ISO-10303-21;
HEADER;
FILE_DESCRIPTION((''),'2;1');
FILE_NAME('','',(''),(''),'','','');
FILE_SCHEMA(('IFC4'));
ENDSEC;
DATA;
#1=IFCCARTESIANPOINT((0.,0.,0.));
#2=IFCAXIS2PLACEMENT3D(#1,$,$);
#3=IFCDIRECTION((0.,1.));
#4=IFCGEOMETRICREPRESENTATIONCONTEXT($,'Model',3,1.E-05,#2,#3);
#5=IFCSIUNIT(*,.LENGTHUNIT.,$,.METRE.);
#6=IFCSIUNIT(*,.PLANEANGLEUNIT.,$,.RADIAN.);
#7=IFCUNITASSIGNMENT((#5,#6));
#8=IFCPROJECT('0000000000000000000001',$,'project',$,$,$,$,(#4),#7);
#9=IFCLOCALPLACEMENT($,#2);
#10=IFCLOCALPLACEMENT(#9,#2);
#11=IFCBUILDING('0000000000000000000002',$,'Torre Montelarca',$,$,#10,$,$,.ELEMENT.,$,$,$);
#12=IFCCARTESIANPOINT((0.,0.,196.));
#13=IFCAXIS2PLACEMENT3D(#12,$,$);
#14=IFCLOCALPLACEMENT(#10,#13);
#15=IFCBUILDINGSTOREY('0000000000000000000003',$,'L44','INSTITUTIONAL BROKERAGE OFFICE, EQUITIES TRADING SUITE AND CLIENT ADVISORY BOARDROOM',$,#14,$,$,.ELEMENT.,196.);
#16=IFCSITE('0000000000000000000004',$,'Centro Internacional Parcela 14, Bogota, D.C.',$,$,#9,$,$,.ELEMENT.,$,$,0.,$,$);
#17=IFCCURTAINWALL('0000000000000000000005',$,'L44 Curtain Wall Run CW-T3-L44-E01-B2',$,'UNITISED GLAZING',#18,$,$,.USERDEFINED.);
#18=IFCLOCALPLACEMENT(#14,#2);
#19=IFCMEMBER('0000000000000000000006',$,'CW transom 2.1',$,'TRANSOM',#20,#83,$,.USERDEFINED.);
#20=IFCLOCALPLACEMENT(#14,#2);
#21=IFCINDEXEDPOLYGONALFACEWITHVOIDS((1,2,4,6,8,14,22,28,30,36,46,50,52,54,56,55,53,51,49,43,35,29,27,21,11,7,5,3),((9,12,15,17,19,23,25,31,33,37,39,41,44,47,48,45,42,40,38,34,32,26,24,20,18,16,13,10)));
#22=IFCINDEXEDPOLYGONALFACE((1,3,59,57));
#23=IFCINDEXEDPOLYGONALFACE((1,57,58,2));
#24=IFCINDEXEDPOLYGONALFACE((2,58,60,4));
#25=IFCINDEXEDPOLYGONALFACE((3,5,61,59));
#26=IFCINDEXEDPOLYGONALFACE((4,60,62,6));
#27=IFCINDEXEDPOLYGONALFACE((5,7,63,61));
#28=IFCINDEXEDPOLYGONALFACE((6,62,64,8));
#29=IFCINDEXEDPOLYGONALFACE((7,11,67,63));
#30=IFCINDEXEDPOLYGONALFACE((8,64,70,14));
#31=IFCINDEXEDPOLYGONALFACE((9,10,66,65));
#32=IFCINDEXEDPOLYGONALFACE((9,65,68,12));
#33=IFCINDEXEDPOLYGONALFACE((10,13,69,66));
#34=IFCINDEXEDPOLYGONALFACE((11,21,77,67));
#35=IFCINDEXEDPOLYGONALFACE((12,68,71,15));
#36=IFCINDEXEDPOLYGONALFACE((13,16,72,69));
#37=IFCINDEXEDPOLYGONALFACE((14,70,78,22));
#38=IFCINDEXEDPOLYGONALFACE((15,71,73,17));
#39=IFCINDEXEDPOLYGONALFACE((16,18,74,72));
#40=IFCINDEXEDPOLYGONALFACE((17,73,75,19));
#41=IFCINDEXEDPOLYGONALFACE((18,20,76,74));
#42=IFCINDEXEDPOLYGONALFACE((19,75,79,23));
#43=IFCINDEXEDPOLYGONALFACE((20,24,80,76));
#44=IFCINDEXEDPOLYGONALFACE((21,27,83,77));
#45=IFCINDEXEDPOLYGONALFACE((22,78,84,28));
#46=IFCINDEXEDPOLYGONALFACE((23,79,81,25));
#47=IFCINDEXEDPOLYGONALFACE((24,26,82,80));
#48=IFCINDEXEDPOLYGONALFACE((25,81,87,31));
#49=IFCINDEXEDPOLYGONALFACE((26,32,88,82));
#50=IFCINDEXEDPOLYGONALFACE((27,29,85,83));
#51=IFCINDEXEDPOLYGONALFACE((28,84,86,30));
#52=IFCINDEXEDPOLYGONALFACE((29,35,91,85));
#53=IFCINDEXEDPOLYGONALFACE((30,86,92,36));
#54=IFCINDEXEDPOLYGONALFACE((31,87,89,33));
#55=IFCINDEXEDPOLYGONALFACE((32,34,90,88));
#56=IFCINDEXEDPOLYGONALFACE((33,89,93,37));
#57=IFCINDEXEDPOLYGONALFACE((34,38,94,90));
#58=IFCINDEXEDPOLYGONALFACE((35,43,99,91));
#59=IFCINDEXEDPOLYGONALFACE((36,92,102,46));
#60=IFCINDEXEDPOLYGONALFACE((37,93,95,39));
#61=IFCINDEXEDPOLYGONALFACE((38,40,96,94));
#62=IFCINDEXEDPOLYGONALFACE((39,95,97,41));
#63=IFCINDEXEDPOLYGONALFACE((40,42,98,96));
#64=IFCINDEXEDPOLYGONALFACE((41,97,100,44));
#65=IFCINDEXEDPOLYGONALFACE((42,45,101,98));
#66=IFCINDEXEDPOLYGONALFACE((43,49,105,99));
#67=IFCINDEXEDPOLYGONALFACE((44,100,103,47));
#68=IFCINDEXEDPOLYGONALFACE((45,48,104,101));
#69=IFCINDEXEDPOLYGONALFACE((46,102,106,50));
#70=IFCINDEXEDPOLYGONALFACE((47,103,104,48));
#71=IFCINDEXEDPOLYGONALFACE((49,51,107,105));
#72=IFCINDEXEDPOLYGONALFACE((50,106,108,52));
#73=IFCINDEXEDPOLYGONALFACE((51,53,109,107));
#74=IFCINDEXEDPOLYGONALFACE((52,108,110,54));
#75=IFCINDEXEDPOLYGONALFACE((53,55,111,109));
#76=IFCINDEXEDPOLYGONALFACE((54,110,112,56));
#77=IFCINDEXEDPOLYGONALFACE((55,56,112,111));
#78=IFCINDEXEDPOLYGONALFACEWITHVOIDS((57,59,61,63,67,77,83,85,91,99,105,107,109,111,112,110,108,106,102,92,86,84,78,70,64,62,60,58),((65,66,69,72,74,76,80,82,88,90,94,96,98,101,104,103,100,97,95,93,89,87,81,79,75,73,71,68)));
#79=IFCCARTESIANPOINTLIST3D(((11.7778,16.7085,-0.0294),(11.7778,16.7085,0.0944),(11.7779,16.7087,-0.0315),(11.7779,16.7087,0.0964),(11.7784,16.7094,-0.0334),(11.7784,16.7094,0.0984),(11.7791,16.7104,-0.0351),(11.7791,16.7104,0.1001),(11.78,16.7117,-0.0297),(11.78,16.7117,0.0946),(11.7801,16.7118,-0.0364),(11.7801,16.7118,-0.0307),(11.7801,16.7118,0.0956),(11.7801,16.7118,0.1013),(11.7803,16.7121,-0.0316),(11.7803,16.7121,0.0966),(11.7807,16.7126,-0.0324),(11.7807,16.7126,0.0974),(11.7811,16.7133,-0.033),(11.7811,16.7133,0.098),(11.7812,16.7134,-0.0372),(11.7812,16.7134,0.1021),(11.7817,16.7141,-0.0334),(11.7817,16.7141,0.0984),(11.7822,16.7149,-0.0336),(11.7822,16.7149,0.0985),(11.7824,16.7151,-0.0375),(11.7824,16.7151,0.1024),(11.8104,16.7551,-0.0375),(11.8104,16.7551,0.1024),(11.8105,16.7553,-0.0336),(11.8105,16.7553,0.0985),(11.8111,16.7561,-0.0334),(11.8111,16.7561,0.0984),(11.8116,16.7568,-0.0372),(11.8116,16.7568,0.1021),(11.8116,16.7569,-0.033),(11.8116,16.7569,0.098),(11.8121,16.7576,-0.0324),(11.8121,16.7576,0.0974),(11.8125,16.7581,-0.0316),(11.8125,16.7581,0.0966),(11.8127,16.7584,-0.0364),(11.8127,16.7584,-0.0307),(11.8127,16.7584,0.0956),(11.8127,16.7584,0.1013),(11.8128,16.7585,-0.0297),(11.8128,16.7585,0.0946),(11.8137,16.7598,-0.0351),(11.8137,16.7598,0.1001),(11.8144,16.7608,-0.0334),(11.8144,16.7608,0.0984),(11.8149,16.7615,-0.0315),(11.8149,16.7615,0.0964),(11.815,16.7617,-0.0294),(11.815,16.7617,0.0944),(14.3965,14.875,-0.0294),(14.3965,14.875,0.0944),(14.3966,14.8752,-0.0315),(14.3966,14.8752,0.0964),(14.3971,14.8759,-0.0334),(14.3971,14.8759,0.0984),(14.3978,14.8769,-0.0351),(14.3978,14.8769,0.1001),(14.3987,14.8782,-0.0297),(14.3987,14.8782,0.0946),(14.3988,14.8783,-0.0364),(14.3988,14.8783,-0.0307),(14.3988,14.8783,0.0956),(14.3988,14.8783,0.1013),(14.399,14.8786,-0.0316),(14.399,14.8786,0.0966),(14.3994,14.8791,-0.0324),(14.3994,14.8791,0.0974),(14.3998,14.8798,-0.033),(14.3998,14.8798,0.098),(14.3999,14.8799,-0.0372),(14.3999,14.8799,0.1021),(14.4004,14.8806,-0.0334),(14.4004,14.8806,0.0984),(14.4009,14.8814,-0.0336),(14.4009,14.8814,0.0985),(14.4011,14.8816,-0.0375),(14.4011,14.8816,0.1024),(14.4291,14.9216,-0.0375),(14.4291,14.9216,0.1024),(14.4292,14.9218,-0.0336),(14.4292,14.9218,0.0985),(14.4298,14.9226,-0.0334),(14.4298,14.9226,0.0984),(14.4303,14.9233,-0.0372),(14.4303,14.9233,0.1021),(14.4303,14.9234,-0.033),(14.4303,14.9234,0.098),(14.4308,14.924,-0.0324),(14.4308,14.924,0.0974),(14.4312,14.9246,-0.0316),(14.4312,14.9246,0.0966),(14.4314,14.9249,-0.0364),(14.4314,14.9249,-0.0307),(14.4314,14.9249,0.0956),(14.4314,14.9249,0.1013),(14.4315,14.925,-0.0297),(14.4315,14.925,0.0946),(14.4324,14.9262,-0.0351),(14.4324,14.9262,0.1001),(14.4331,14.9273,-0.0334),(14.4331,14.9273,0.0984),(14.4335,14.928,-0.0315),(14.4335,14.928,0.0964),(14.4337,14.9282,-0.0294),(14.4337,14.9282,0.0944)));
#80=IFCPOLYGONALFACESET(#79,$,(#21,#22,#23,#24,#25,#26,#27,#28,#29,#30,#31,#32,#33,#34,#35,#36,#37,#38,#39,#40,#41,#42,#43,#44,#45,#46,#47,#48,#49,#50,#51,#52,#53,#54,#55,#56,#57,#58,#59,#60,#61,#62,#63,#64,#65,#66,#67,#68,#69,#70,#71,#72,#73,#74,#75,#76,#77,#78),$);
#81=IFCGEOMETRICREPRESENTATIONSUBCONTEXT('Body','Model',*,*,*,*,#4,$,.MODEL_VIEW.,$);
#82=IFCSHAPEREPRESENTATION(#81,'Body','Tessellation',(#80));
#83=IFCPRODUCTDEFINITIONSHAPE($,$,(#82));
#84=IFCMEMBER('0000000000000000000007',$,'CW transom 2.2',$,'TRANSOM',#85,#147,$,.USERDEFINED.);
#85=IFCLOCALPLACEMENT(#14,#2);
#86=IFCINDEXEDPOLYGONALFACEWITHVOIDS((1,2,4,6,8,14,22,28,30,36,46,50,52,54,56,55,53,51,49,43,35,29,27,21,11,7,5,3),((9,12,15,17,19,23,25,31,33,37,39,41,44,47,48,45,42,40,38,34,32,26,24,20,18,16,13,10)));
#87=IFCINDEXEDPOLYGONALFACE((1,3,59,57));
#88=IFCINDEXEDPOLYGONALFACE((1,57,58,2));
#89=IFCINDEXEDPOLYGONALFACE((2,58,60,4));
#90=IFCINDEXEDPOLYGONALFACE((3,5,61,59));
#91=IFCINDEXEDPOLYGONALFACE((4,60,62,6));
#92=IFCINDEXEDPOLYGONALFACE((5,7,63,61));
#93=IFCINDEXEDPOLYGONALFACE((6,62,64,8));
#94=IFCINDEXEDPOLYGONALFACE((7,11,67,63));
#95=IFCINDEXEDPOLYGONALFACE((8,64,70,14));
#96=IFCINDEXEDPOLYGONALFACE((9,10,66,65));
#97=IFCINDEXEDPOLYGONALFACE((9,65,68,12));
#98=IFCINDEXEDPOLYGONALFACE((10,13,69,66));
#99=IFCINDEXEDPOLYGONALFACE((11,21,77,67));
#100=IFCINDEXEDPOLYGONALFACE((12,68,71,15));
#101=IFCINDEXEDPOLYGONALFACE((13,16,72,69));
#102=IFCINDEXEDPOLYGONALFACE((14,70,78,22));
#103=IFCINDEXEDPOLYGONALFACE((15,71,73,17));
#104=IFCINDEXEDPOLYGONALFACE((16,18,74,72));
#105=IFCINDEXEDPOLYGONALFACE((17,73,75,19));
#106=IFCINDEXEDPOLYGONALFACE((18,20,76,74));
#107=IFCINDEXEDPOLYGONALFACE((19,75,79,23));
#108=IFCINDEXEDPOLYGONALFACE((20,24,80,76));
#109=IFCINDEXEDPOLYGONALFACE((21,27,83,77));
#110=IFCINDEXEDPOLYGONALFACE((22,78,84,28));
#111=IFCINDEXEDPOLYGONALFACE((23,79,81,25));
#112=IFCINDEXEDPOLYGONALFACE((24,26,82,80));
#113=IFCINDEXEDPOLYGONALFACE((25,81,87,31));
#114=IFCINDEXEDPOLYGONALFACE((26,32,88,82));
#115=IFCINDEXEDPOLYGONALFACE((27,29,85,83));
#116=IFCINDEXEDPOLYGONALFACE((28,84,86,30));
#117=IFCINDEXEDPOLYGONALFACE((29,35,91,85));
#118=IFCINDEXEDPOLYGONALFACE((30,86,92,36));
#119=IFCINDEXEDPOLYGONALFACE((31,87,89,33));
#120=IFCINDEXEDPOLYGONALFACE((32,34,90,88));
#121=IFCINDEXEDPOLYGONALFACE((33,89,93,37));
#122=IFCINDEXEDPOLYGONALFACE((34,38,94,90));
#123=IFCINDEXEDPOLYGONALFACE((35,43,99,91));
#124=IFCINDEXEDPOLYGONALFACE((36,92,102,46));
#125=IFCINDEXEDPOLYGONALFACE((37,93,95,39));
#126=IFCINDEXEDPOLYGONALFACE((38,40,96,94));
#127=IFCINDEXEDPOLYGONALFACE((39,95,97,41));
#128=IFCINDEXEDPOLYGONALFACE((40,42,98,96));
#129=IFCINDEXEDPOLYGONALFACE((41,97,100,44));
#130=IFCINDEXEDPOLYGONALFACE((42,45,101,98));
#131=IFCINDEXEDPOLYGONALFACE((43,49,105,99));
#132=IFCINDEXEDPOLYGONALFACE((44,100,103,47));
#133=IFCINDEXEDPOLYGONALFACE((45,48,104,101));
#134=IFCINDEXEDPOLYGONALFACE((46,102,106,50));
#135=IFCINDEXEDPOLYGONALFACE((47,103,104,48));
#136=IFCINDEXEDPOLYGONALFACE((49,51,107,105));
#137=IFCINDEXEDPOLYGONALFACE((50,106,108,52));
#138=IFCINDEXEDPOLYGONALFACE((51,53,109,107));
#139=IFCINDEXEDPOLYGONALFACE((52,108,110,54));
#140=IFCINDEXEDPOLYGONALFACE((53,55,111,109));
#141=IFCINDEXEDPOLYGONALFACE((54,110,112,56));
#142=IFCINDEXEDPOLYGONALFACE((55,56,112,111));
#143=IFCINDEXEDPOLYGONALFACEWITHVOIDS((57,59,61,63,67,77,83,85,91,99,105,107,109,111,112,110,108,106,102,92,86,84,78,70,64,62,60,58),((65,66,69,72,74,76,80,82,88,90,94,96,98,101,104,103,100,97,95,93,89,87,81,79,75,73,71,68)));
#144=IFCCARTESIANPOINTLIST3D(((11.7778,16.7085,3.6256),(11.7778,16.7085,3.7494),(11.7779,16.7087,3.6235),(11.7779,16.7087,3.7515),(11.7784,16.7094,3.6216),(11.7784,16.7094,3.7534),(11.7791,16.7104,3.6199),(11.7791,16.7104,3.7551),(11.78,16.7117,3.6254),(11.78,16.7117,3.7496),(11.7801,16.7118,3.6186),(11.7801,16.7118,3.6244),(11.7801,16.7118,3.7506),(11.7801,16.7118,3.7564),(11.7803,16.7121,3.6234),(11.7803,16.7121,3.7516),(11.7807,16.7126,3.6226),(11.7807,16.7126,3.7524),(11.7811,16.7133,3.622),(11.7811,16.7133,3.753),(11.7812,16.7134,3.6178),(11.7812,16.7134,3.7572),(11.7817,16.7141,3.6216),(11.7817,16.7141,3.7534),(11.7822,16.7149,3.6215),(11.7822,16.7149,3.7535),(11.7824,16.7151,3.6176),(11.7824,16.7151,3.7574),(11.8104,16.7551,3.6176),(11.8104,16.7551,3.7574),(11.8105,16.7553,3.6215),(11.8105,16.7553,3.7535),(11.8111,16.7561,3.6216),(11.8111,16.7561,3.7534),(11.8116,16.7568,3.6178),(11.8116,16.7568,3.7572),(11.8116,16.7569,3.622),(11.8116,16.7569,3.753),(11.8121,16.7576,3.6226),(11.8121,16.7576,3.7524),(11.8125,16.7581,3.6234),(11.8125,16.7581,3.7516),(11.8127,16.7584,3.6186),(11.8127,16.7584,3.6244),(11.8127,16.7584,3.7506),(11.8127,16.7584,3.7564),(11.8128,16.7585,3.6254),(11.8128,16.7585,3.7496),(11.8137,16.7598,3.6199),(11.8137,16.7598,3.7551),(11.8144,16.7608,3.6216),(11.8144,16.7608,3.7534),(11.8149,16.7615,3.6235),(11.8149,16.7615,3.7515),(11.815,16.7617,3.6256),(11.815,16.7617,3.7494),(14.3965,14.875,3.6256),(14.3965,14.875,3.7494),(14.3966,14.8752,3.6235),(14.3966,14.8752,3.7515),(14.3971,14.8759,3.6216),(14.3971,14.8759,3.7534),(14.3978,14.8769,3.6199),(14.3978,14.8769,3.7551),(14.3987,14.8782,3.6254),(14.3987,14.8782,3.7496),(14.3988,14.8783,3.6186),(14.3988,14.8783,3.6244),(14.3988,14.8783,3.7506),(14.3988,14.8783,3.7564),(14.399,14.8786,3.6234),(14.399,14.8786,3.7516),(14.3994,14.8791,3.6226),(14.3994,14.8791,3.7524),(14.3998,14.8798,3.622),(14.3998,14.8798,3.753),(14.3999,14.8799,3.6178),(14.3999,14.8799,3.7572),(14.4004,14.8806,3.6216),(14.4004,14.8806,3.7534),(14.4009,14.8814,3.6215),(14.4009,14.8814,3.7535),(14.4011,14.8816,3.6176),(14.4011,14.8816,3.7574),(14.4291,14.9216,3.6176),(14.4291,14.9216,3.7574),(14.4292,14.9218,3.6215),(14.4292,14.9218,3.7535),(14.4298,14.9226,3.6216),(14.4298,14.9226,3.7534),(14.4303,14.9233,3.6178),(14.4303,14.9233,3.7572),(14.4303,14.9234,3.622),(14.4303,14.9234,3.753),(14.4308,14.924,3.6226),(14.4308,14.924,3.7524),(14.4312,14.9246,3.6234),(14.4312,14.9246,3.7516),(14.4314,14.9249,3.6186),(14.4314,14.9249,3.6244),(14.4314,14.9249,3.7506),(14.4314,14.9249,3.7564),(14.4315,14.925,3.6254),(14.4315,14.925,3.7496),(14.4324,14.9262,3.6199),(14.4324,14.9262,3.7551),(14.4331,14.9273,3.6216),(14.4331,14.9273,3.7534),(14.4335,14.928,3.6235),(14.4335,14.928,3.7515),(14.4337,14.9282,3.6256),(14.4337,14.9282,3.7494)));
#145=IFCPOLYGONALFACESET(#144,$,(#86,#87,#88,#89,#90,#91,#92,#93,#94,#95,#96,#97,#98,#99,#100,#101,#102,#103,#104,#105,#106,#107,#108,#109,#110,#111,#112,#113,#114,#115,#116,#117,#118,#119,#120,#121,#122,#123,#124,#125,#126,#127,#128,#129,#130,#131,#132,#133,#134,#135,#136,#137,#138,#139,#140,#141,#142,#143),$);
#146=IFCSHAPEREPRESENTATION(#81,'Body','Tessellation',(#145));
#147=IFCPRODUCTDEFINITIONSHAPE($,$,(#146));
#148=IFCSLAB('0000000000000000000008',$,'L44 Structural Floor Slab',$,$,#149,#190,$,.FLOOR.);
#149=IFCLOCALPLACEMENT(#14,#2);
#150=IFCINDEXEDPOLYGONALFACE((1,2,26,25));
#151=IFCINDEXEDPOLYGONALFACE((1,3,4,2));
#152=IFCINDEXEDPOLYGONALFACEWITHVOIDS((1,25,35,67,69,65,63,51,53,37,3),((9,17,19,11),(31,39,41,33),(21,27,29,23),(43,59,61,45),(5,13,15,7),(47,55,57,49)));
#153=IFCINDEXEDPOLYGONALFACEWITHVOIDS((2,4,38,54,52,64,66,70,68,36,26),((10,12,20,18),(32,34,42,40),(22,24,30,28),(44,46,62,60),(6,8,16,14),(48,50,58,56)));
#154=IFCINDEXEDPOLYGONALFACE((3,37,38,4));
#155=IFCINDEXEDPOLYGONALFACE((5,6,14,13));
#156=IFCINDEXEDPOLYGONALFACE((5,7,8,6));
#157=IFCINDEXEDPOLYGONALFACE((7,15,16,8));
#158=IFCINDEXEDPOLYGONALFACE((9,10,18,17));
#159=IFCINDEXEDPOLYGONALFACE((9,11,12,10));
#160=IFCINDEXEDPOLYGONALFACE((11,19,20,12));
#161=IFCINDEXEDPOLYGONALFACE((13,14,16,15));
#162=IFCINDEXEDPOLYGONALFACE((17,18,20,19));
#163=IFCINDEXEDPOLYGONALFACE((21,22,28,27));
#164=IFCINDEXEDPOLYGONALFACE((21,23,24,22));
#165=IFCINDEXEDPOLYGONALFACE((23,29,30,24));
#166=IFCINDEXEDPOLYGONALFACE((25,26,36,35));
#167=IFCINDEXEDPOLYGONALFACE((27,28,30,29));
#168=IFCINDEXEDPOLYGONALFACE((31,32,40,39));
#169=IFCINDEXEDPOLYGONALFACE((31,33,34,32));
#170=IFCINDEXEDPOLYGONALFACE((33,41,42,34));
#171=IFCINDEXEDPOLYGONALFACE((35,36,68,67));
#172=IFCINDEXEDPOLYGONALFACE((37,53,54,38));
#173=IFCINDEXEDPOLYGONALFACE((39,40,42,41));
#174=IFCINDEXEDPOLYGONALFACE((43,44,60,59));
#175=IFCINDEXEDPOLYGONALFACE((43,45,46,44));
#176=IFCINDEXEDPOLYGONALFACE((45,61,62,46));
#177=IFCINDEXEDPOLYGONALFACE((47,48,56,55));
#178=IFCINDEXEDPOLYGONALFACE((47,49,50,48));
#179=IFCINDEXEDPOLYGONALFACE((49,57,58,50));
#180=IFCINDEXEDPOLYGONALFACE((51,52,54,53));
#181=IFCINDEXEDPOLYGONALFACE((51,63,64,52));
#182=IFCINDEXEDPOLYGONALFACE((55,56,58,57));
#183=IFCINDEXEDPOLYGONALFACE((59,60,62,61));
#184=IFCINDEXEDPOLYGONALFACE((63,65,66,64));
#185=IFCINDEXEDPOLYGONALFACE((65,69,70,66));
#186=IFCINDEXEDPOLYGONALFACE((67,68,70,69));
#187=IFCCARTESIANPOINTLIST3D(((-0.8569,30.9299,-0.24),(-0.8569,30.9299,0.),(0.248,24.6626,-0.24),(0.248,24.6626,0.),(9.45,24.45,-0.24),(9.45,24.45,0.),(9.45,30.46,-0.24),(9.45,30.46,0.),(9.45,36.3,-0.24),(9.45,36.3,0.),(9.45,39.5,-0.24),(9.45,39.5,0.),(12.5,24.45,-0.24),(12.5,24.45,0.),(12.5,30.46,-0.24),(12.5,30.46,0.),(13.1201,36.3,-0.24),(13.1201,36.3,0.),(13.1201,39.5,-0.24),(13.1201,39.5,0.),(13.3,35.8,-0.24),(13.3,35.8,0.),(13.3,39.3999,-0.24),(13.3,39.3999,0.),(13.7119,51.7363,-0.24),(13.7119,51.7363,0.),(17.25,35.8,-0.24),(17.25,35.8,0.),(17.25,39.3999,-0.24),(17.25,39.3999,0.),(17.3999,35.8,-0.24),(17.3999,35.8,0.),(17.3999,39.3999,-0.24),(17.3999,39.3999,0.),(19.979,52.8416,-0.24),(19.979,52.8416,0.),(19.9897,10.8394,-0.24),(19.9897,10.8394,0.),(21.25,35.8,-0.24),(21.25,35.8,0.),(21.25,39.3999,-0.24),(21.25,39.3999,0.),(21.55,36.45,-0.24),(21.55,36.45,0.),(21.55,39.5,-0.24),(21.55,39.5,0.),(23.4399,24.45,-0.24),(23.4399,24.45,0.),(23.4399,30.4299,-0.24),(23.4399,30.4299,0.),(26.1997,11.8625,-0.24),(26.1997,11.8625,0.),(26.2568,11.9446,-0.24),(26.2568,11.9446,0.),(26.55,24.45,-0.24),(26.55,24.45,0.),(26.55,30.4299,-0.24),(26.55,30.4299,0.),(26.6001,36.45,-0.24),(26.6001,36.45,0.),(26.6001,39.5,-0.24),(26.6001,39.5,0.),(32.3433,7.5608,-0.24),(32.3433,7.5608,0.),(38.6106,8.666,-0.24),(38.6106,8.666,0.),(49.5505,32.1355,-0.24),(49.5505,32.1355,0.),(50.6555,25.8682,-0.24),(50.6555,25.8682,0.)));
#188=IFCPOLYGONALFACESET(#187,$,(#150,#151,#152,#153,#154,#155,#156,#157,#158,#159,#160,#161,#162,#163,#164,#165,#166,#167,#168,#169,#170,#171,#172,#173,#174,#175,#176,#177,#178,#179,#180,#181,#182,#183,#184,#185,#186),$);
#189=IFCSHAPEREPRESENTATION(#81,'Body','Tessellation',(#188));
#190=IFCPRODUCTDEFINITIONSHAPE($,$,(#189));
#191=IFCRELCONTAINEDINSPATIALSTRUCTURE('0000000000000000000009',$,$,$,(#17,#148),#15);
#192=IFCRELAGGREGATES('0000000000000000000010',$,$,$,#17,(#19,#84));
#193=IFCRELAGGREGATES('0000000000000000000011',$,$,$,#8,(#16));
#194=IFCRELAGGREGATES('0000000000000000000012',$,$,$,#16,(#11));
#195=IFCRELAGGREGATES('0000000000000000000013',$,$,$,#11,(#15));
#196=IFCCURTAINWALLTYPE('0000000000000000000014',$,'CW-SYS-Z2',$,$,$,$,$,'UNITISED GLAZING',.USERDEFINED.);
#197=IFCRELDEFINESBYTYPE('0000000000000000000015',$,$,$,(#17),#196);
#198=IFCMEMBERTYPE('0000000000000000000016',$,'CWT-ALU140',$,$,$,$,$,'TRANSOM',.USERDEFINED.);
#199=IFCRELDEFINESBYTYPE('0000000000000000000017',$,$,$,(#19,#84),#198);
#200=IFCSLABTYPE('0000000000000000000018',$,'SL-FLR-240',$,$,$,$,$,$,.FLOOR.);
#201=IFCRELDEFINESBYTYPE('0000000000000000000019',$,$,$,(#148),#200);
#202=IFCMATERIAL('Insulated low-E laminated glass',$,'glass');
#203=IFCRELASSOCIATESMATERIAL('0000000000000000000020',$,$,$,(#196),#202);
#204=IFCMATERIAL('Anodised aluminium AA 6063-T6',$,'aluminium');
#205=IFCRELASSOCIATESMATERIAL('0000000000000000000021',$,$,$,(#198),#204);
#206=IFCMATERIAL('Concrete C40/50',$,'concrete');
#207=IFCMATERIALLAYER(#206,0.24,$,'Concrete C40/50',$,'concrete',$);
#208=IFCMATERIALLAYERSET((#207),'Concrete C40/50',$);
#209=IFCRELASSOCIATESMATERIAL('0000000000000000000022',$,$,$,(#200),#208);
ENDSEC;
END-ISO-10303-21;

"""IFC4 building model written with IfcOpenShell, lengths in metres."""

from ifc_helpers import new_model, si_unit, direction, frame, origin, origin_2d, place, context, subcontext, project, spatial, polyline, hollow_rectangle, outline, extrude, source, transform, mapped, material, layer, layer_set, material_profile, profile_set, type_object, element, aggregate, save


model = new_model("IFC4")

# Units and contexts
model_context = context("Model", 3, precision=1e-05, world=origin(), true_north=direction((0.0, 1.0)))
body_context = subcontext(model_context, "Body", "Model", "MODEL_VIEW")
ifc_project = project(units=[si_unit("LENGTHUNIT", "METRE"), si_unit("PLANEANGLEUNIT", "RADIAN")], contexts=[model_context])

# Site, building, storey
site_placement = place(None, origin())
site = spatial("IfcSite", under=ifc_project, at=site_placement, Name="Centro Internacional Parcela 14, Bogota, D.C.", CompositionType="ELEMENT", RefElevation=0.0)
building_placement = place(site_placement, origin())
building = spatial("IfcBuilding", under=site, at=building_placement, Name="Torre Montelarca", CompositionType="ELEMENT")
storey_placement = place(building_placement, frame((0.0, 0.0, 196.0)))
storey = spatial("IfcBuildingStorey", under=building, at=storey_placement, Name="L44", Description="INSTITUTIONAL BROKERAGE OFFICE, EQUITIES TRADING SUITE AND CLIENT ADVISORY BOARDROOM", CompositionType="ELEMENT", Elevation=196.0)

# Curtain wall
ifc_material_1 = material(Name="Insulated low-E laminated glass", Category="glass")
curtain_wall_type = type_object("IfcCurtainWallType", Name="CW-SYS-Z2", ElementType="UNITISED GLAZING", PredefinedType="USERDEFINED", material=ifc_material_1)
ifc_material_2 = material(Name="Anodised aluminium AA 6063-T6", Category="aluminium")
ifc_material_profile_1 = material_profile(ifc_material_2, hollow_rectangle(XDim=0.0649, YDim=0.1399, WallThickness=0.0039, InnerFilletRadius=0.0039, OuterFilletRadius=0.0081, at=origin_2d()), Name="ALU65X140X4", Category="aluminium")
ifc_profile_set_1 = profile_set([ifc_material_profile_1], Name="Anodised aluminium AA 6063-T6")
member_type_1 = type_object("IfcMemberType", Name="CWT-ALU140", ElementType="TRANSOM", PredefinedType="USERDEFINED", material=ifc_profile_set_1)
curtain_wall_1_placement = place(storey_placement, origin())
curtain_wall_1 = element("IfcCurtainWall", 1, at=curtain_wall_1_placement, inside=storey, type_object=curtain_wall_type, Name="L44 Curtain Wall Run CW-T3-L44-E01-B2", ObjectType="UNITISED GLAZING", PredefinedType="USERDEFINED")

# Members
shared_shape_1 = source(origin(), body_context, "Body", "SweptSolid", [
    extrude(hollow_rectangle(XDim=0.0649, YDim=0.1399, WallThickness=0.0039, InnerFilletRadius=0.0039, OuterFilletRadius=0.0081, at=origin_2d()), origin(), (0.0, 0.0, 1.0), 3.1968),
])
member_1_placement = place(storey_placement, frame((11.7964, 16.7351, 0.0325), z_axis=(0.819167, -0.573555, 0.0), x_axis=(0.573555, 0.819167, 0.0)))
member_1 = element("IfcMember", 2, at=member_1_placement, type_object=member_type_1, Name="CW transom 2.1", ObjectType="TRANSOM", PredefinedType="USERDEFINED", context=body_context, shape_type="MappedRepresentation", body=[
    mapped(shared_shape_1, transform((0.0, 0.0, 0.0), scale=1.0)),
])
member_2_placement = place(storey_placement, frame((11.7964, 16.7351, 3.6875), z_axis=(0.819167, -0.573555, 0.0), x_axis=(0.573555, 0.819167, 0.0)))
member_2 = element("IfcMember", 3, at=member_2_placement, type_object=member_type_1, Name="CW transom 2.2", ObjectType="TRANSOM", PredefinedType="USERDEFINED", context=body_context, shape_type="MappedRepresentation", body=[
    mapped(shared_shape_1, transform((0.0, 0.0, 0.0), scale=1.0)),
])

# Slab
ifc_material_3 = material(Name="Concrete C40/50", Category="concrete")
ifc_layer_1 = layer(ifc_material_3, 0.24, Name="Concrete C40/50", Category="concrete")
ifc_layer_set_1 = layer_set([ifc_layer_1], Name="Concrete C40/50")
slab_type_1 = type_object("IfcSlabType", Name="SL-FLR-240", PredefinedType="FLOOR", material=ifc_layer_set_1)
slab_1_placement = place(storey_placement, frame((0.0, 0.0, -0.24)))
element("IfcSlab", 4, at=slab_1_placement, inside=storey, type_object=slab_type_1, Name="L44 Structural Floor Slab", PredefinedType="FLOOR", context=body_context, shape_type="SweptSolid", body=[
    extrude(outline(polyline([(19.9897, 10.8394), (26.2568, 11.9446), (26.1997, 11.8625), (32.3433, 7.5608), (38.6106, 8.666), (50.6555, 25.8682), (49.5505, 32.1355), (19.979, 52.8416), (13.7119, 51.7363), (-0.8569, 30.9299), (0.248, 24.6626), (19.9897, 10.8394)]), holes=[polyline([(26.55, 24.45), (23.4399, 24.45), (23.4399, 30.4299), (26.55, 30.4299), (26.55, 24.45)]), polyline([(9.45, 24.45), (9.45, 30.46), (12.5, 30.46), (12.5, 24.45), (9.45, 24.45)]), polyline([(17.25, 35.8), (13.3, 35.8), (13.3, 39.3999), (17.25, 39.3999), (17.25, 35.8)]), polyline([(21.25, 39.3999), (21.25, 35.8), (17.3999, 35.8), (17.3999, 39.3999), (21.25, 39.3999)]), polyline([(13.1201, 36.3), (9.45, 36.3), (9.45, 39.5), (13.1201, 39.5), (13.1201, 36.3)]), polyline([(26.6001, 36.45), (21.55, 36.45), (21.55, 39.5), (26.6001, 39.5), (26.6001, 36.45)])]), origin(), (0.0, 0.0, 1.0), 0.24),
])

aggregate(curtain_wall_1, [member_1, member_2])

save(model, "model.ifc")
